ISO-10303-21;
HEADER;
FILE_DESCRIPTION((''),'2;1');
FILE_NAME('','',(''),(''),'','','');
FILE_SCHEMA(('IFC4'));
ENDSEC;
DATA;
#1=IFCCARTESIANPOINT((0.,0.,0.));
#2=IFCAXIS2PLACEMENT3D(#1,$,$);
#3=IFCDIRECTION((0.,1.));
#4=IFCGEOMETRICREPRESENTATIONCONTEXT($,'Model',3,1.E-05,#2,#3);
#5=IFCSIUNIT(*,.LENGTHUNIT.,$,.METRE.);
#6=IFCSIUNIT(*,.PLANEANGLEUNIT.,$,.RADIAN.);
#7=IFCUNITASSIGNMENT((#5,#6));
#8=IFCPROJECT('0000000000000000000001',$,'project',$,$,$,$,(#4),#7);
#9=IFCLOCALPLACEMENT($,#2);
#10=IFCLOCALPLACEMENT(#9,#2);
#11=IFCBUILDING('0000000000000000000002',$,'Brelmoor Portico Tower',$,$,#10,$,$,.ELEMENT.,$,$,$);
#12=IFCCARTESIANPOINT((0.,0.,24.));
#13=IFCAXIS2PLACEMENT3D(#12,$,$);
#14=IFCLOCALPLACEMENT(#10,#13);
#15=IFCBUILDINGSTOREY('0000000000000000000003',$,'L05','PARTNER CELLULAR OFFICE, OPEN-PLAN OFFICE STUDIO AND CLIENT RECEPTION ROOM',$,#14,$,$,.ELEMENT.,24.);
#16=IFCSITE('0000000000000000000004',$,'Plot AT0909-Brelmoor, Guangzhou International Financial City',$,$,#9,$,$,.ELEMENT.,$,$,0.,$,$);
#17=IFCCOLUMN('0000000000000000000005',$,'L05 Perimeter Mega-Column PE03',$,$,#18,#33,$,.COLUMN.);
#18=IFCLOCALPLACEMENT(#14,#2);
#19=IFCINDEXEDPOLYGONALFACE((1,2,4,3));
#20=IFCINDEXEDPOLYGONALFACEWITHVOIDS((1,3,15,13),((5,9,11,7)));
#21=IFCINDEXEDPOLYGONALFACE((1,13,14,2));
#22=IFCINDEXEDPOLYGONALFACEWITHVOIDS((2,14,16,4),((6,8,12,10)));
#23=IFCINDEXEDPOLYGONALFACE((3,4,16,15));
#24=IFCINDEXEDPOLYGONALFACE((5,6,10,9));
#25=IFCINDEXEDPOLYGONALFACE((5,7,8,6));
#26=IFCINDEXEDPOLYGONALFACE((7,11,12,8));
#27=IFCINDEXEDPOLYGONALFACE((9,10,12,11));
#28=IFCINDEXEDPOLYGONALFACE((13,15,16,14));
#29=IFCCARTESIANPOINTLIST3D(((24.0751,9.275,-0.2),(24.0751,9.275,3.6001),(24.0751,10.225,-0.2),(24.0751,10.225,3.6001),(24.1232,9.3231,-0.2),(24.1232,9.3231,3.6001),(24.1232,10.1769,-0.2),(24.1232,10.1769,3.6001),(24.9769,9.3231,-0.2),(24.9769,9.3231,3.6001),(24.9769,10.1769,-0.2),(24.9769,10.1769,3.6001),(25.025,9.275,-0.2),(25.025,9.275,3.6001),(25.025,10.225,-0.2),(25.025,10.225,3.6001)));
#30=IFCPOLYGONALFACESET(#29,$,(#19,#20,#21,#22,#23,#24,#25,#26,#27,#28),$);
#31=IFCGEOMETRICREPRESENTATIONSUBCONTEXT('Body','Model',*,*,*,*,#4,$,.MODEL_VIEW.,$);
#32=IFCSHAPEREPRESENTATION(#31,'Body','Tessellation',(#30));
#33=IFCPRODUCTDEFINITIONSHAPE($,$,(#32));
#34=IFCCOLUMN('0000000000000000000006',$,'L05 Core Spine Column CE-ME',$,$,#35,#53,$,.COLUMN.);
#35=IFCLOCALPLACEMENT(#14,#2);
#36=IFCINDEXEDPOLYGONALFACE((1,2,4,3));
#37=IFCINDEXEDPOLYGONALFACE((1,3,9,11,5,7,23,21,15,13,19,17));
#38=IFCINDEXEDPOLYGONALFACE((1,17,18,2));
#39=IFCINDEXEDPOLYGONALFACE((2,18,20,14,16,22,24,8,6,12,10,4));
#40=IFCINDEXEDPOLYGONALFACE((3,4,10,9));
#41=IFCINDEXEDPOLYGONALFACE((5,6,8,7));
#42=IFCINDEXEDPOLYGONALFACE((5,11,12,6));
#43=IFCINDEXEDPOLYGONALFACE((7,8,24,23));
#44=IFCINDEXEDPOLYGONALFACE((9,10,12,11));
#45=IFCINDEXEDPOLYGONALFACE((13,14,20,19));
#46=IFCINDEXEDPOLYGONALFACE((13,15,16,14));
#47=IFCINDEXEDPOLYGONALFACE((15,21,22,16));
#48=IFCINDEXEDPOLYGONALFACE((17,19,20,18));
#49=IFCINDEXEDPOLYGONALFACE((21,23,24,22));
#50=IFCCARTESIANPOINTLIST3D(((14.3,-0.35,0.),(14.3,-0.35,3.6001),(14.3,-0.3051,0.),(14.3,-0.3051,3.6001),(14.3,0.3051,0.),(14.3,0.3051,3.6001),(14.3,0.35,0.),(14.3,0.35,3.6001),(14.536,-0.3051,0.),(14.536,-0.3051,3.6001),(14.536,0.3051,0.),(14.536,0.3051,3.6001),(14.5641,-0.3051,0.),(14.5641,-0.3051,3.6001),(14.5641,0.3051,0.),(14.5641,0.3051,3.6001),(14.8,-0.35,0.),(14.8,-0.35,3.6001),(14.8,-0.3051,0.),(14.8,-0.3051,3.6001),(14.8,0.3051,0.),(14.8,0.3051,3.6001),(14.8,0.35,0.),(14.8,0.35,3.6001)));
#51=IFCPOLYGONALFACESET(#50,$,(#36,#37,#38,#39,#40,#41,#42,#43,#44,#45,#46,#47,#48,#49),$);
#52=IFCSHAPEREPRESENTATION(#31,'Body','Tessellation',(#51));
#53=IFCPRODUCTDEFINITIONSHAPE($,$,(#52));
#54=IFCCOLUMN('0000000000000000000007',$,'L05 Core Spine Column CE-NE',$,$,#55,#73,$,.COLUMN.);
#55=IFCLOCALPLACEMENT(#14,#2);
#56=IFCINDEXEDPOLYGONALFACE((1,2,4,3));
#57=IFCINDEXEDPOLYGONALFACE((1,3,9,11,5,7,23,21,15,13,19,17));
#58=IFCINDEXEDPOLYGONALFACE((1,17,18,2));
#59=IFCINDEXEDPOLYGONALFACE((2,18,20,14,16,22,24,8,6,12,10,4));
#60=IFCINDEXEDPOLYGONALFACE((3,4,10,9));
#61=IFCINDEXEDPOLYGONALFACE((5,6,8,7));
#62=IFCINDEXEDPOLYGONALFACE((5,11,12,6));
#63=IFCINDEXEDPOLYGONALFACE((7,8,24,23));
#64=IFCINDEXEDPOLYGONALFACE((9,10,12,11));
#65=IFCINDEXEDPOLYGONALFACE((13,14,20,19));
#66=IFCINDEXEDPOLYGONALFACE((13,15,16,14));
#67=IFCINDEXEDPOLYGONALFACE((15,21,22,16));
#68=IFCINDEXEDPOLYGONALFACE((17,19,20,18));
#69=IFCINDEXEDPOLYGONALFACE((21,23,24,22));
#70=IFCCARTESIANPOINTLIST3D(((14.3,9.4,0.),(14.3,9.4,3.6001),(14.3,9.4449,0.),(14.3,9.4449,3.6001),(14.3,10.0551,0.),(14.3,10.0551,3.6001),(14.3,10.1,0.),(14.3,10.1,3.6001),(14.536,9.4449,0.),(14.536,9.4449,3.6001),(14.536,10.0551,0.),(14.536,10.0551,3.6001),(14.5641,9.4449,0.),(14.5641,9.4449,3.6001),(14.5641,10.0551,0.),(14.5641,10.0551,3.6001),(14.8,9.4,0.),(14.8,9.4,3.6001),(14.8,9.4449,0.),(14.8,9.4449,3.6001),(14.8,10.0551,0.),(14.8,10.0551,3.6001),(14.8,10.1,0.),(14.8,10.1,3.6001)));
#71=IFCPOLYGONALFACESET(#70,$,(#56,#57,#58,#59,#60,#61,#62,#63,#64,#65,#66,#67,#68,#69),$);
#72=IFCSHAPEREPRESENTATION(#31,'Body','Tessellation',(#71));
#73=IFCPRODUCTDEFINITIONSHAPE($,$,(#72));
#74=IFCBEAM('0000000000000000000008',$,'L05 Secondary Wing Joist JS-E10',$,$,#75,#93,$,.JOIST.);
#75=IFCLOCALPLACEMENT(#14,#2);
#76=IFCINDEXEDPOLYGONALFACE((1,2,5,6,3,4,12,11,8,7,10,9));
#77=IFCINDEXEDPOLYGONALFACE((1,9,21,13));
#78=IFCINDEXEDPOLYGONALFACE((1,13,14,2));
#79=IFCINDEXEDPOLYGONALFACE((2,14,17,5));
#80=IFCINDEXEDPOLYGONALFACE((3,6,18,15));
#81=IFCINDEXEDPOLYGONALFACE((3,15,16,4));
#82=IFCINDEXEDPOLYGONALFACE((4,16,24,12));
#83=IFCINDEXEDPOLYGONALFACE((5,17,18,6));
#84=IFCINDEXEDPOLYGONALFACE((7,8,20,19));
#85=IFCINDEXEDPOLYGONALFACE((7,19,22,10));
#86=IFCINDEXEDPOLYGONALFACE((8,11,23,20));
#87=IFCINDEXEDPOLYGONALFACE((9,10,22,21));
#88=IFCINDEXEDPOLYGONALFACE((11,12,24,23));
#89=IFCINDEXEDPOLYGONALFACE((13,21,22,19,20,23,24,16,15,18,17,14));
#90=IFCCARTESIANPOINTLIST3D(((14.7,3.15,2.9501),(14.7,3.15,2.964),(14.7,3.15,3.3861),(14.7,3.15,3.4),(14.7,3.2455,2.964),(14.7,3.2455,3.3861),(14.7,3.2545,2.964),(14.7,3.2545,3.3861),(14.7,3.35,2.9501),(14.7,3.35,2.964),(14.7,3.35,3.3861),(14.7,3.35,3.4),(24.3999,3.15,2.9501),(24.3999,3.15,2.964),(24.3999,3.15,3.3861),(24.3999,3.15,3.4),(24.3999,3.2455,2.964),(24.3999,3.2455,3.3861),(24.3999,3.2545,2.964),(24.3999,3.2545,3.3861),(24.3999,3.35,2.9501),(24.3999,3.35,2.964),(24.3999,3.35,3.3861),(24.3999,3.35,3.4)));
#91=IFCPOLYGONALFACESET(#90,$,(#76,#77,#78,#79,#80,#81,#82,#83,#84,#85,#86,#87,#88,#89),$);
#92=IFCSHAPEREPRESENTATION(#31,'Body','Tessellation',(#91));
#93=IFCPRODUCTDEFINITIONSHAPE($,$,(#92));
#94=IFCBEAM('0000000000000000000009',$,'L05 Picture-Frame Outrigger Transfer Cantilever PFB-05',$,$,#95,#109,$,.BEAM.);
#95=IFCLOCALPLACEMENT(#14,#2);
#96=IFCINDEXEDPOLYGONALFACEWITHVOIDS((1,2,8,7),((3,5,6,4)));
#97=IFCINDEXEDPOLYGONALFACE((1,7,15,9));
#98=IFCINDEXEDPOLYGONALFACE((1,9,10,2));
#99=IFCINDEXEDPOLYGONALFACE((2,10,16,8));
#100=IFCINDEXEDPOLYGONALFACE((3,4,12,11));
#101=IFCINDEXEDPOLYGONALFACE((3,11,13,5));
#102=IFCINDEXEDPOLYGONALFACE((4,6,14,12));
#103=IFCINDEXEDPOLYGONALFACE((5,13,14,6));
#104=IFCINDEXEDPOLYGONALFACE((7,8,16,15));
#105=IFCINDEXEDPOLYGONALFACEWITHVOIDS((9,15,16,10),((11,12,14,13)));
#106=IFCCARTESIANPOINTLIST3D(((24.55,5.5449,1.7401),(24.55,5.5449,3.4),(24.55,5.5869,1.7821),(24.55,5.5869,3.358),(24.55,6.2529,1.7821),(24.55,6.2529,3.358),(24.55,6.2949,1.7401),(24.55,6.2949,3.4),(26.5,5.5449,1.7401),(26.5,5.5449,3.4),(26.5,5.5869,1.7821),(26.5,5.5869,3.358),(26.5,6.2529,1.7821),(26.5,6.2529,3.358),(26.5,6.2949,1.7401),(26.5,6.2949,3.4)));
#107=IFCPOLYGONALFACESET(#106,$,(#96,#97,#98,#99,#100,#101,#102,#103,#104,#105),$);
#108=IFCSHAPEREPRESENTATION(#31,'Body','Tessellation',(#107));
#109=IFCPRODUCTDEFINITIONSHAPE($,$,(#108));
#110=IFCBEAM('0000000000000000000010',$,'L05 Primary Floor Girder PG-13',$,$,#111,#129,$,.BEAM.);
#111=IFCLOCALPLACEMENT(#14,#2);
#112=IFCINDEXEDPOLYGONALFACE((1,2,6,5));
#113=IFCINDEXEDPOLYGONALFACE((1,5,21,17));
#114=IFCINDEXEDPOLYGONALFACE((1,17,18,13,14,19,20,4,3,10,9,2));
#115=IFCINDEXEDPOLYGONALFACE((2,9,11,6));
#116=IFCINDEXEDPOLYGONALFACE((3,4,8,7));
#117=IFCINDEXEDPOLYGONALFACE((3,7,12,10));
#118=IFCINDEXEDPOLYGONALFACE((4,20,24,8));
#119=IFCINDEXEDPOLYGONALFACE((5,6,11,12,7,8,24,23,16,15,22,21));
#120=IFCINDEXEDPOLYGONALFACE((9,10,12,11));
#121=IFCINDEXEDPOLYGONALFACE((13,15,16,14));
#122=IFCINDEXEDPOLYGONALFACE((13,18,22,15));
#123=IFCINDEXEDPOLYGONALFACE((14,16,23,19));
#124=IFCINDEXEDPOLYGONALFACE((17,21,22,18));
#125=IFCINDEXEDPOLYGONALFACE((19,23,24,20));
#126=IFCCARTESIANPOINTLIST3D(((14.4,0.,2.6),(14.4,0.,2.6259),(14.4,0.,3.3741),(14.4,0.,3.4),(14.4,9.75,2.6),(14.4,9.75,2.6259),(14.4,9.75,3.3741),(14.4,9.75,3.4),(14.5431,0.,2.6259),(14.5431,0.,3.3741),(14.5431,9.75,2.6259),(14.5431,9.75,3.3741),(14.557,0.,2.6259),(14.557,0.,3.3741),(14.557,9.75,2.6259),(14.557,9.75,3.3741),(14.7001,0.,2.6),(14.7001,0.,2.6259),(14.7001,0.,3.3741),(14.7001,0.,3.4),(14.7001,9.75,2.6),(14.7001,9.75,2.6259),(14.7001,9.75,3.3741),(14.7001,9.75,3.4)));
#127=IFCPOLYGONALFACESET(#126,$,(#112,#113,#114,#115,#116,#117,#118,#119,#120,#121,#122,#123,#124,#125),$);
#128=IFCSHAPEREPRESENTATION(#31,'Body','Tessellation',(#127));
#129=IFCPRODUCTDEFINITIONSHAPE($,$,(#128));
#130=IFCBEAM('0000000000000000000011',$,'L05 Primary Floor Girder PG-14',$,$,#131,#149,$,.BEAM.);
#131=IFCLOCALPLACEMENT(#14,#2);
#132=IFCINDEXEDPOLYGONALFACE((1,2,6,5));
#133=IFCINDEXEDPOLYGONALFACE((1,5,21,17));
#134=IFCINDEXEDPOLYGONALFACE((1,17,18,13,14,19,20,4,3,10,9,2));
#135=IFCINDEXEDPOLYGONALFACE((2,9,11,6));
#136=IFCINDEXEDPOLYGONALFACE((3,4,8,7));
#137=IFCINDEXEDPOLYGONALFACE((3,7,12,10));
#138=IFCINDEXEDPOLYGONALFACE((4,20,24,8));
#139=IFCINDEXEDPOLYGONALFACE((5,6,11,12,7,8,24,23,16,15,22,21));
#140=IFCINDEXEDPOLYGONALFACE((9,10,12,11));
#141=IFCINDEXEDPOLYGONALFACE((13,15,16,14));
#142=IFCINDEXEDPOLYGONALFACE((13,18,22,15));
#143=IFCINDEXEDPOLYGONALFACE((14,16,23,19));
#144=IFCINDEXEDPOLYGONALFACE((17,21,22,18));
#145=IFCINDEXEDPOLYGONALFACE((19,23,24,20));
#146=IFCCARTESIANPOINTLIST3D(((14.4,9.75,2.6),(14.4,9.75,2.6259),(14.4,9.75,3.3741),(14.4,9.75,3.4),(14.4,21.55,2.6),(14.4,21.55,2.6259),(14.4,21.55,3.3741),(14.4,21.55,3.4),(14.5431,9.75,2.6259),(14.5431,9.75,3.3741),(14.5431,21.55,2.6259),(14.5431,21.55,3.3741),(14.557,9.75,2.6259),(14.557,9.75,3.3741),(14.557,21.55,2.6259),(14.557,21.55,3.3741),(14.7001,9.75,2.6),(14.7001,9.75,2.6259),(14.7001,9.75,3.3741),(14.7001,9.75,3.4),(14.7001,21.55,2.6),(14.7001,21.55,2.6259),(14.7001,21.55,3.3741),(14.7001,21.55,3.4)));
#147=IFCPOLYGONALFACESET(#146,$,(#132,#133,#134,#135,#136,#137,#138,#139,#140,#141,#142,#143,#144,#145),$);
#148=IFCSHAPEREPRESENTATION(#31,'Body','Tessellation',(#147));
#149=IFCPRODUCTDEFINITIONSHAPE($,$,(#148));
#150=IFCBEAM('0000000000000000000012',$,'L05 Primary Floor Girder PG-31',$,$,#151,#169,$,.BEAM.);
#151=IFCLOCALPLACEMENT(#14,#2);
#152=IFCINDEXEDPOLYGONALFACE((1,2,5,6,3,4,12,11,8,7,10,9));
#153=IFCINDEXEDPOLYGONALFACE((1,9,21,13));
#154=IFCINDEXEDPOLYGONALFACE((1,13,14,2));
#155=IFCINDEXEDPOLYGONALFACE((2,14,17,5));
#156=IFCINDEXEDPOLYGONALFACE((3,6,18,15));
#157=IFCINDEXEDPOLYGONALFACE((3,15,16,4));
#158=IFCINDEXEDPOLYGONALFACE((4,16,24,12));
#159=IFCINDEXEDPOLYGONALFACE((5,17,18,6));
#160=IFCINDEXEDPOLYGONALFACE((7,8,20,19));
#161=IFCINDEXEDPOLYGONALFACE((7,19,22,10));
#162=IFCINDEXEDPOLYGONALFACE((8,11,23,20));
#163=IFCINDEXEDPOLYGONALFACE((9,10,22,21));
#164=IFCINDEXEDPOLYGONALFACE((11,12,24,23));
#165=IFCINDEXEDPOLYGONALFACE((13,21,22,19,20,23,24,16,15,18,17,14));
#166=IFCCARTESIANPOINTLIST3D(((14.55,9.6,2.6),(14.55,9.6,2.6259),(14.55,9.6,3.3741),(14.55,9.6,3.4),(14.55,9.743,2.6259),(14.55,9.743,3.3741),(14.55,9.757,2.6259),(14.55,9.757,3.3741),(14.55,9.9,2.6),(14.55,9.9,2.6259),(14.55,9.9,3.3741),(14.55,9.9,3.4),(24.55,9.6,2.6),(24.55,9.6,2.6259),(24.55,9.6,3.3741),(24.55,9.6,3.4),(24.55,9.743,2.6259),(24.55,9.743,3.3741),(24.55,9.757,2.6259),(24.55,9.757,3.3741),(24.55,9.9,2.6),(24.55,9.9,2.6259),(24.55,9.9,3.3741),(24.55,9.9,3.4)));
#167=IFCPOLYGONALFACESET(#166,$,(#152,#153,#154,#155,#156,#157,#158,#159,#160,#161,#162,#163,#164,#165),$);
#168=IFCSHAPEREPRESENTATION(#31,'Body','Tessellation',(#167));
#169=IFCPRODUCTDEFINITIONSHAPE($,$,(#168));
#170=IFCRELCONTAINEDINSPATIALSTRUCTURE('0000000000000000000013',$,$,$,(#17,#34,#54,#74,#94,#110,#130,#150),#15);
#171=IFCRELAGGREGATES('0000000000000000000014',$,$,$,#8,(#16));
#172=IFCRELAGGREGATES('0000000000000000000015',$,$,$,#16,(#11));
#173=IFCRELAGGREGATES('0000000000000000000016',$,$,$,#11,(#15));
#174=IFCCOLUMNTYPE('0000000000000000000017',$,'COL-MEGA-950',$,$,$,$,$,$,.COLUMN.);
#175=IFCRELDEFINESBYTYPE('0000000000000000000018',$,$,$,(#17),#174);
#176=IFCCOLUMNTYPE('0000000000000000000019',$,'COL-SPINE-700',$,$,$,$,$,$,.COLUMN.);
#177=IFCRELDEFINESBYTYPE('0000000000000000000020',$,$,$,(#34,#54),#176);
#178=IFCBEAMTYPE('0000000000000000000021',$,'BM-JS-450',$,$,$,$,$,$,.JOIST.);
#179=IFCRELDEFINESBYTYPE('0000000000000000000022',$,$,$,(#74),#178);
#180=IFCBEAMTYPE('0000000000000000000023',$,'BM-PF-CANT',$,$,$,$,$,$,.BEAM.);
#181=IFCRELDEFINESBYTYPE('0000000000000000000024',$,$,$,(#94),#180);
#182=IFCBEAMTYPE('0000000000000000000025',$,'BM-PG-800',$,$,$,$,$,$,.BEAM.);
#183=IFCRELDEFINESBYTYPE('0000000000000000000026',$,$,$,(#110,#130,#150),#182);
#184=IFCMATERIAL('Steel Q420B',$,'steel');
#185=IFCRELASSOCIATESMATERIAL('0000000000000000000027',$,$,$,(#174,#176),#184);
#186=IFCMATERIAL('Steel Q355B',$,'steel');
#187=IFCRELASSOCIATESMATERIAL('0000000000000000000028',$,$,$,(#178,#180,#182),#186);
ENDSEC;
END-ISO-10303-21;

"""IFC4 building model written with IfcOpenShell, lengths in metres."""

from ifc_helpers import new_model, si_unit, direction, frame, origin, origin_2d, place, context, subcontext, project, spatial, hollow_rectangle, i_section, extrude, material, material_profile, profile_set, type_object, element, save


model = new_model("IFC4")

# Units and contexts
model_context = context("Model", 3, precision=1e-05, world=origin(), true_north=direction((0.0, 1.0)))
body_context = subcontext(model_context, "Body", "Model", "MODEL_VIEW")
ifc_project = project(units=[si_unit("LENGTHUNIT", "METRE"), si_unit("PLANEANGLEUNIT", "RADIAN")], contexts=[model_context])

# Site, building, storey
site_placement = place(None, origin())
site = spatial("IfcSite", under=ifc_project, at=site_placement, Name="Plot AT0909-Brelmoor, Guangzhou International Financial City", CompositionType="ELEMENT", RefElevation=0.0)
building_placement = place(site_placement, origin())
building = spatial("IfcBuilding", under=site, at=building_placement, Name="Brelmoor Portico Tower", CompositionType="ELEMENT")
storey_placement = place(building_placement, frame((0.0, 0.0, 24.0)))
storey = spatial("IfcBuildingStorey", under=building, at=storey_placement, Name="L05", Description="PARTNER CELLULAR OFFICE, OPEN-PLAN OFFICE STUDIO AND CLIENT RECEPTION ROOM", CompositionType="ELEMENT", Elevation=24.0)

# Columns
ifc_material_1 = material(Name="Steel Q420B", Category="steel")
ifc_material_profile_1 = material_profile(ifc_material_1, hollow_rectangle(XDim=0.95, YDim=0.95, WallThickness=0.0481, at=origin_2d()), Name="BOX 950x950x48")
ifc_profile_set_1 = profile_set([ifc_material_profile_1], Name="Steel Q420B")
column_type_1 = type_object("IfcColumnType", Name="COL-MEGA-950", PredefinedType="COLUMN", material=ifc_profile_set_1)
column_placement = place(storey_placement, frame((24.55, 9.75, -0.2), z_axis=(0.0, 0.0, 1.0), x_axis=(0.0, 1.0, 0.0)))
element("IfcColumn", 1, at=column_placement, inside=storey, type_object=column_type_1, Name="L05 Perimeter Mega-Column PE03", PredefinedType="COLUMN", context=body_context, shape_type="SweptSolid", body=[
    extrude(hollow_rectangle(XDim=0.95, YDim=0.95, WallThickness=0.0481, at=origin_2d()), origin(), (0.0, 0.0, 1.0), 3.8),
])
ifc_material_profile_2 = material_profile(ifc_material_1, i_section(OverallWidth=0.5, OverallDepth=0.7, WebThickness=0.0281, FlangeThickness=0.0449, at=origin_2d()), Name="HW 700x500x28x45")
ifc_profile_set_2 = profile_set([ifc_material_profile_2], Name="Steel Q420B")
column_type_2 = type_object("IfcColumnType", Name="COL-SPINE-700", PredefinedType="COLUMN", material=ifc_profile_set_2)
for number, where, z_axis, x_axis, name in (
    (2, (14.55, 0.0, 0.0), (0.0, 0.0, 1.0), (1.0, 0.0, 0.0), "L05 Core Spine Column CE-ME"),
    (3, (14.55, 9.75, 0.0), (0.0, 0.0, 1.0), (1.0, 0.0, 0.0), "L05 Core Spine Column CE-NE"),
):
    element("IfcColumn", number, at=place(storey_placement, frame(where, z_axis=z_axis, x_axis=x_axis)), inside=storey, type_object=column_type_2, Name=name, PredefinedType="COLUMN", context=body_context, shape_type="SweptSolid", body=[
        extrude(i_section(OverallWidth=0.5, OverallDepth=0.7, WebThickness=0.0281, FlangeThickness=0.0449, at=origin_2d()), origin(), (0.0, 0.0, 1.0), 3.6001),
    ])

# Beams
ifc_material_2 = material(Name="Steel Q355B", Category="steel")
ifc_material_profile_3 = material_profile(ifc_material_2, i_section(OverallWidth=0.2, OverallDepth=0.45, WebThickness=0.009, FlangeThickness=0.0139, at=origin_2d()), Name="HN 450x200x9x14")
ifc_profile_set_3 = profile_set([ifc_material_profile_3], Name="Steel Q355B")
beam_type_1 = type_object("IfcBeamType", Name="BM-JS-450", PredefinedType="JOIST", material=ifc_profile_set_3)
beam_1_placement = place(storey_placement, frame((14.7, 3.25, 3.175), z_axis=(1.0, 0.0, 0.0), x_axis=(0.0, 1.0, 0.0)))
element("IfcBeam", 4, at=beam_1_placement, inside=storey, type_object=beam_type_1, Name="L05 Secondary Wing Joist JS-E10", PredefinedType="JOIST", context=body_context, shape_type="SweptSolid", body=[
    extrude(i_section(OverallWidth=0.2, OverallDepth=0.45, WebThickness=0.009, FlangeThickness=0.0139, at=origin_2d()), origin(), (0.0, 0.0, 1.0), 9.7),
])
ifc_material_profile_4 = material_profile(ifc_material_2, hollow_rectangle(XDim=0.75, YDim=1.6599, WallThickness=0.042, at=origin_2d()), Name="BOX 750x1660x42")
ifc_profile_set_4 = profile_set([ifc_material_profile_4], Name="Steel Q355B")
beam_type_2 = type_object("IfcBeamType", Name="BM-PF-CANT", PredefinedType="BEAM", material=ifc_profile_set_4)
beam_2_placement = place(storey_placement, frame((24.55, 5.9199, 2.5701), z_axis=(1.0, 0.0, 0.0), x_axis=(0.0, 1.0, 0.0)))
element("IfcBeam", 5, at=beam_2_placement, inside=storey, type_object=beam_type_2, Name="L05 Picture-Frame Outrigger Transfer Cantilever PFB-05", PredefinedType="BEAM", context=body_context, shape_type="SweptSolid", body=[
    extrude(hollow_rectangle(XDim=0.75, YDim=1.6599, WallThickness=0.042, at=origin_2d()), origin(), (0.0, 0.0, 1.0), 1.95),
])
ifc_material_profile_5 = material_profile(ifc_material_2, i_section(OverallWidth=0.3, OverallDepth=0.8, WebThickness=0.0139, FlangeThickness=0.0259, at=origin_2d()), Name="HN 800x300x14x26")
ifc_profile_set_5 = profile_set([ifc_material_profile_5], Name="Steel Q355B")
beam_type_3 = type_object("IfcBeamType", Name="BM-PG-800", PredefinedType="BEAM", material=ifc_profile_set_5)
beam_3_placement = place(storey_placement, frame((14.55, 0.0, 3.0), z_axis=(0.0, 1.0, 0.0), x_axis=(-1.0, 0.0, 0.0)))
element("IfcBeam", 6, at=beam_3_placement, inside=storey, type_object=beam_type_3, Name="L05 Primary Floor Girder PG-13", PredefinedType="BEAM", context=body_context, shape_type="SweptSolid", body=[
    extrude(i_section(OverallWidth=0.3, OverallDepth=0.8, WebThickness=0.0139, FlangeThickness=0.0259, at=origin_2d()), origin(), (0.0, 0.0, 1.0), 9.75),
])
beam_4_placement = place(storey_placement, frame((14.55, 9.75, 3.0), z_axis=(0.0, 1.0, 0.0), x_axis=(-1.0, 0.0, 0.0)))
element("IfcBeam", 7, at=beam_4_placement, inside=storey, type_object=beam_type_3, Name="L05 Primary Floor Girder PG-14", PredefinedType="BEAM", context=body_context, shape_type="SweptSolid", body=[
    extrude(i_section(OverallWidth=0.3, OverallDepth=0.8, WebThickness=0.0139, FlangeThickness=0.0259, at=origin_2d()), origin(), (0.0, 0.0, 1.0), 11.8),
])
beam_5_placement = place(storey_placement, frame((14.55, 9.75, 3.0), z_axis=(1.0, 0.0, 0.0), x_axis=(0.0, 1.0, 0.0)))
element("IfcBeam", 8, at=beam_5_placement, inside=storey, type_object=beam_type_3, Name="L05 Primary Floor Girder PG-31", PredefinedType="BEAM", context=body_context, shape_type="SweptSolid", body=[
    extrude(i_section(OverallWidth=0.3, OverallDepth=0.8, WebThickness=0.0139, FlangeThickness=0.0259, at=origin_2d()), origin(), (0.0, 0.0, 1.0), 10.0),
])

save(model, "model.ifc")
